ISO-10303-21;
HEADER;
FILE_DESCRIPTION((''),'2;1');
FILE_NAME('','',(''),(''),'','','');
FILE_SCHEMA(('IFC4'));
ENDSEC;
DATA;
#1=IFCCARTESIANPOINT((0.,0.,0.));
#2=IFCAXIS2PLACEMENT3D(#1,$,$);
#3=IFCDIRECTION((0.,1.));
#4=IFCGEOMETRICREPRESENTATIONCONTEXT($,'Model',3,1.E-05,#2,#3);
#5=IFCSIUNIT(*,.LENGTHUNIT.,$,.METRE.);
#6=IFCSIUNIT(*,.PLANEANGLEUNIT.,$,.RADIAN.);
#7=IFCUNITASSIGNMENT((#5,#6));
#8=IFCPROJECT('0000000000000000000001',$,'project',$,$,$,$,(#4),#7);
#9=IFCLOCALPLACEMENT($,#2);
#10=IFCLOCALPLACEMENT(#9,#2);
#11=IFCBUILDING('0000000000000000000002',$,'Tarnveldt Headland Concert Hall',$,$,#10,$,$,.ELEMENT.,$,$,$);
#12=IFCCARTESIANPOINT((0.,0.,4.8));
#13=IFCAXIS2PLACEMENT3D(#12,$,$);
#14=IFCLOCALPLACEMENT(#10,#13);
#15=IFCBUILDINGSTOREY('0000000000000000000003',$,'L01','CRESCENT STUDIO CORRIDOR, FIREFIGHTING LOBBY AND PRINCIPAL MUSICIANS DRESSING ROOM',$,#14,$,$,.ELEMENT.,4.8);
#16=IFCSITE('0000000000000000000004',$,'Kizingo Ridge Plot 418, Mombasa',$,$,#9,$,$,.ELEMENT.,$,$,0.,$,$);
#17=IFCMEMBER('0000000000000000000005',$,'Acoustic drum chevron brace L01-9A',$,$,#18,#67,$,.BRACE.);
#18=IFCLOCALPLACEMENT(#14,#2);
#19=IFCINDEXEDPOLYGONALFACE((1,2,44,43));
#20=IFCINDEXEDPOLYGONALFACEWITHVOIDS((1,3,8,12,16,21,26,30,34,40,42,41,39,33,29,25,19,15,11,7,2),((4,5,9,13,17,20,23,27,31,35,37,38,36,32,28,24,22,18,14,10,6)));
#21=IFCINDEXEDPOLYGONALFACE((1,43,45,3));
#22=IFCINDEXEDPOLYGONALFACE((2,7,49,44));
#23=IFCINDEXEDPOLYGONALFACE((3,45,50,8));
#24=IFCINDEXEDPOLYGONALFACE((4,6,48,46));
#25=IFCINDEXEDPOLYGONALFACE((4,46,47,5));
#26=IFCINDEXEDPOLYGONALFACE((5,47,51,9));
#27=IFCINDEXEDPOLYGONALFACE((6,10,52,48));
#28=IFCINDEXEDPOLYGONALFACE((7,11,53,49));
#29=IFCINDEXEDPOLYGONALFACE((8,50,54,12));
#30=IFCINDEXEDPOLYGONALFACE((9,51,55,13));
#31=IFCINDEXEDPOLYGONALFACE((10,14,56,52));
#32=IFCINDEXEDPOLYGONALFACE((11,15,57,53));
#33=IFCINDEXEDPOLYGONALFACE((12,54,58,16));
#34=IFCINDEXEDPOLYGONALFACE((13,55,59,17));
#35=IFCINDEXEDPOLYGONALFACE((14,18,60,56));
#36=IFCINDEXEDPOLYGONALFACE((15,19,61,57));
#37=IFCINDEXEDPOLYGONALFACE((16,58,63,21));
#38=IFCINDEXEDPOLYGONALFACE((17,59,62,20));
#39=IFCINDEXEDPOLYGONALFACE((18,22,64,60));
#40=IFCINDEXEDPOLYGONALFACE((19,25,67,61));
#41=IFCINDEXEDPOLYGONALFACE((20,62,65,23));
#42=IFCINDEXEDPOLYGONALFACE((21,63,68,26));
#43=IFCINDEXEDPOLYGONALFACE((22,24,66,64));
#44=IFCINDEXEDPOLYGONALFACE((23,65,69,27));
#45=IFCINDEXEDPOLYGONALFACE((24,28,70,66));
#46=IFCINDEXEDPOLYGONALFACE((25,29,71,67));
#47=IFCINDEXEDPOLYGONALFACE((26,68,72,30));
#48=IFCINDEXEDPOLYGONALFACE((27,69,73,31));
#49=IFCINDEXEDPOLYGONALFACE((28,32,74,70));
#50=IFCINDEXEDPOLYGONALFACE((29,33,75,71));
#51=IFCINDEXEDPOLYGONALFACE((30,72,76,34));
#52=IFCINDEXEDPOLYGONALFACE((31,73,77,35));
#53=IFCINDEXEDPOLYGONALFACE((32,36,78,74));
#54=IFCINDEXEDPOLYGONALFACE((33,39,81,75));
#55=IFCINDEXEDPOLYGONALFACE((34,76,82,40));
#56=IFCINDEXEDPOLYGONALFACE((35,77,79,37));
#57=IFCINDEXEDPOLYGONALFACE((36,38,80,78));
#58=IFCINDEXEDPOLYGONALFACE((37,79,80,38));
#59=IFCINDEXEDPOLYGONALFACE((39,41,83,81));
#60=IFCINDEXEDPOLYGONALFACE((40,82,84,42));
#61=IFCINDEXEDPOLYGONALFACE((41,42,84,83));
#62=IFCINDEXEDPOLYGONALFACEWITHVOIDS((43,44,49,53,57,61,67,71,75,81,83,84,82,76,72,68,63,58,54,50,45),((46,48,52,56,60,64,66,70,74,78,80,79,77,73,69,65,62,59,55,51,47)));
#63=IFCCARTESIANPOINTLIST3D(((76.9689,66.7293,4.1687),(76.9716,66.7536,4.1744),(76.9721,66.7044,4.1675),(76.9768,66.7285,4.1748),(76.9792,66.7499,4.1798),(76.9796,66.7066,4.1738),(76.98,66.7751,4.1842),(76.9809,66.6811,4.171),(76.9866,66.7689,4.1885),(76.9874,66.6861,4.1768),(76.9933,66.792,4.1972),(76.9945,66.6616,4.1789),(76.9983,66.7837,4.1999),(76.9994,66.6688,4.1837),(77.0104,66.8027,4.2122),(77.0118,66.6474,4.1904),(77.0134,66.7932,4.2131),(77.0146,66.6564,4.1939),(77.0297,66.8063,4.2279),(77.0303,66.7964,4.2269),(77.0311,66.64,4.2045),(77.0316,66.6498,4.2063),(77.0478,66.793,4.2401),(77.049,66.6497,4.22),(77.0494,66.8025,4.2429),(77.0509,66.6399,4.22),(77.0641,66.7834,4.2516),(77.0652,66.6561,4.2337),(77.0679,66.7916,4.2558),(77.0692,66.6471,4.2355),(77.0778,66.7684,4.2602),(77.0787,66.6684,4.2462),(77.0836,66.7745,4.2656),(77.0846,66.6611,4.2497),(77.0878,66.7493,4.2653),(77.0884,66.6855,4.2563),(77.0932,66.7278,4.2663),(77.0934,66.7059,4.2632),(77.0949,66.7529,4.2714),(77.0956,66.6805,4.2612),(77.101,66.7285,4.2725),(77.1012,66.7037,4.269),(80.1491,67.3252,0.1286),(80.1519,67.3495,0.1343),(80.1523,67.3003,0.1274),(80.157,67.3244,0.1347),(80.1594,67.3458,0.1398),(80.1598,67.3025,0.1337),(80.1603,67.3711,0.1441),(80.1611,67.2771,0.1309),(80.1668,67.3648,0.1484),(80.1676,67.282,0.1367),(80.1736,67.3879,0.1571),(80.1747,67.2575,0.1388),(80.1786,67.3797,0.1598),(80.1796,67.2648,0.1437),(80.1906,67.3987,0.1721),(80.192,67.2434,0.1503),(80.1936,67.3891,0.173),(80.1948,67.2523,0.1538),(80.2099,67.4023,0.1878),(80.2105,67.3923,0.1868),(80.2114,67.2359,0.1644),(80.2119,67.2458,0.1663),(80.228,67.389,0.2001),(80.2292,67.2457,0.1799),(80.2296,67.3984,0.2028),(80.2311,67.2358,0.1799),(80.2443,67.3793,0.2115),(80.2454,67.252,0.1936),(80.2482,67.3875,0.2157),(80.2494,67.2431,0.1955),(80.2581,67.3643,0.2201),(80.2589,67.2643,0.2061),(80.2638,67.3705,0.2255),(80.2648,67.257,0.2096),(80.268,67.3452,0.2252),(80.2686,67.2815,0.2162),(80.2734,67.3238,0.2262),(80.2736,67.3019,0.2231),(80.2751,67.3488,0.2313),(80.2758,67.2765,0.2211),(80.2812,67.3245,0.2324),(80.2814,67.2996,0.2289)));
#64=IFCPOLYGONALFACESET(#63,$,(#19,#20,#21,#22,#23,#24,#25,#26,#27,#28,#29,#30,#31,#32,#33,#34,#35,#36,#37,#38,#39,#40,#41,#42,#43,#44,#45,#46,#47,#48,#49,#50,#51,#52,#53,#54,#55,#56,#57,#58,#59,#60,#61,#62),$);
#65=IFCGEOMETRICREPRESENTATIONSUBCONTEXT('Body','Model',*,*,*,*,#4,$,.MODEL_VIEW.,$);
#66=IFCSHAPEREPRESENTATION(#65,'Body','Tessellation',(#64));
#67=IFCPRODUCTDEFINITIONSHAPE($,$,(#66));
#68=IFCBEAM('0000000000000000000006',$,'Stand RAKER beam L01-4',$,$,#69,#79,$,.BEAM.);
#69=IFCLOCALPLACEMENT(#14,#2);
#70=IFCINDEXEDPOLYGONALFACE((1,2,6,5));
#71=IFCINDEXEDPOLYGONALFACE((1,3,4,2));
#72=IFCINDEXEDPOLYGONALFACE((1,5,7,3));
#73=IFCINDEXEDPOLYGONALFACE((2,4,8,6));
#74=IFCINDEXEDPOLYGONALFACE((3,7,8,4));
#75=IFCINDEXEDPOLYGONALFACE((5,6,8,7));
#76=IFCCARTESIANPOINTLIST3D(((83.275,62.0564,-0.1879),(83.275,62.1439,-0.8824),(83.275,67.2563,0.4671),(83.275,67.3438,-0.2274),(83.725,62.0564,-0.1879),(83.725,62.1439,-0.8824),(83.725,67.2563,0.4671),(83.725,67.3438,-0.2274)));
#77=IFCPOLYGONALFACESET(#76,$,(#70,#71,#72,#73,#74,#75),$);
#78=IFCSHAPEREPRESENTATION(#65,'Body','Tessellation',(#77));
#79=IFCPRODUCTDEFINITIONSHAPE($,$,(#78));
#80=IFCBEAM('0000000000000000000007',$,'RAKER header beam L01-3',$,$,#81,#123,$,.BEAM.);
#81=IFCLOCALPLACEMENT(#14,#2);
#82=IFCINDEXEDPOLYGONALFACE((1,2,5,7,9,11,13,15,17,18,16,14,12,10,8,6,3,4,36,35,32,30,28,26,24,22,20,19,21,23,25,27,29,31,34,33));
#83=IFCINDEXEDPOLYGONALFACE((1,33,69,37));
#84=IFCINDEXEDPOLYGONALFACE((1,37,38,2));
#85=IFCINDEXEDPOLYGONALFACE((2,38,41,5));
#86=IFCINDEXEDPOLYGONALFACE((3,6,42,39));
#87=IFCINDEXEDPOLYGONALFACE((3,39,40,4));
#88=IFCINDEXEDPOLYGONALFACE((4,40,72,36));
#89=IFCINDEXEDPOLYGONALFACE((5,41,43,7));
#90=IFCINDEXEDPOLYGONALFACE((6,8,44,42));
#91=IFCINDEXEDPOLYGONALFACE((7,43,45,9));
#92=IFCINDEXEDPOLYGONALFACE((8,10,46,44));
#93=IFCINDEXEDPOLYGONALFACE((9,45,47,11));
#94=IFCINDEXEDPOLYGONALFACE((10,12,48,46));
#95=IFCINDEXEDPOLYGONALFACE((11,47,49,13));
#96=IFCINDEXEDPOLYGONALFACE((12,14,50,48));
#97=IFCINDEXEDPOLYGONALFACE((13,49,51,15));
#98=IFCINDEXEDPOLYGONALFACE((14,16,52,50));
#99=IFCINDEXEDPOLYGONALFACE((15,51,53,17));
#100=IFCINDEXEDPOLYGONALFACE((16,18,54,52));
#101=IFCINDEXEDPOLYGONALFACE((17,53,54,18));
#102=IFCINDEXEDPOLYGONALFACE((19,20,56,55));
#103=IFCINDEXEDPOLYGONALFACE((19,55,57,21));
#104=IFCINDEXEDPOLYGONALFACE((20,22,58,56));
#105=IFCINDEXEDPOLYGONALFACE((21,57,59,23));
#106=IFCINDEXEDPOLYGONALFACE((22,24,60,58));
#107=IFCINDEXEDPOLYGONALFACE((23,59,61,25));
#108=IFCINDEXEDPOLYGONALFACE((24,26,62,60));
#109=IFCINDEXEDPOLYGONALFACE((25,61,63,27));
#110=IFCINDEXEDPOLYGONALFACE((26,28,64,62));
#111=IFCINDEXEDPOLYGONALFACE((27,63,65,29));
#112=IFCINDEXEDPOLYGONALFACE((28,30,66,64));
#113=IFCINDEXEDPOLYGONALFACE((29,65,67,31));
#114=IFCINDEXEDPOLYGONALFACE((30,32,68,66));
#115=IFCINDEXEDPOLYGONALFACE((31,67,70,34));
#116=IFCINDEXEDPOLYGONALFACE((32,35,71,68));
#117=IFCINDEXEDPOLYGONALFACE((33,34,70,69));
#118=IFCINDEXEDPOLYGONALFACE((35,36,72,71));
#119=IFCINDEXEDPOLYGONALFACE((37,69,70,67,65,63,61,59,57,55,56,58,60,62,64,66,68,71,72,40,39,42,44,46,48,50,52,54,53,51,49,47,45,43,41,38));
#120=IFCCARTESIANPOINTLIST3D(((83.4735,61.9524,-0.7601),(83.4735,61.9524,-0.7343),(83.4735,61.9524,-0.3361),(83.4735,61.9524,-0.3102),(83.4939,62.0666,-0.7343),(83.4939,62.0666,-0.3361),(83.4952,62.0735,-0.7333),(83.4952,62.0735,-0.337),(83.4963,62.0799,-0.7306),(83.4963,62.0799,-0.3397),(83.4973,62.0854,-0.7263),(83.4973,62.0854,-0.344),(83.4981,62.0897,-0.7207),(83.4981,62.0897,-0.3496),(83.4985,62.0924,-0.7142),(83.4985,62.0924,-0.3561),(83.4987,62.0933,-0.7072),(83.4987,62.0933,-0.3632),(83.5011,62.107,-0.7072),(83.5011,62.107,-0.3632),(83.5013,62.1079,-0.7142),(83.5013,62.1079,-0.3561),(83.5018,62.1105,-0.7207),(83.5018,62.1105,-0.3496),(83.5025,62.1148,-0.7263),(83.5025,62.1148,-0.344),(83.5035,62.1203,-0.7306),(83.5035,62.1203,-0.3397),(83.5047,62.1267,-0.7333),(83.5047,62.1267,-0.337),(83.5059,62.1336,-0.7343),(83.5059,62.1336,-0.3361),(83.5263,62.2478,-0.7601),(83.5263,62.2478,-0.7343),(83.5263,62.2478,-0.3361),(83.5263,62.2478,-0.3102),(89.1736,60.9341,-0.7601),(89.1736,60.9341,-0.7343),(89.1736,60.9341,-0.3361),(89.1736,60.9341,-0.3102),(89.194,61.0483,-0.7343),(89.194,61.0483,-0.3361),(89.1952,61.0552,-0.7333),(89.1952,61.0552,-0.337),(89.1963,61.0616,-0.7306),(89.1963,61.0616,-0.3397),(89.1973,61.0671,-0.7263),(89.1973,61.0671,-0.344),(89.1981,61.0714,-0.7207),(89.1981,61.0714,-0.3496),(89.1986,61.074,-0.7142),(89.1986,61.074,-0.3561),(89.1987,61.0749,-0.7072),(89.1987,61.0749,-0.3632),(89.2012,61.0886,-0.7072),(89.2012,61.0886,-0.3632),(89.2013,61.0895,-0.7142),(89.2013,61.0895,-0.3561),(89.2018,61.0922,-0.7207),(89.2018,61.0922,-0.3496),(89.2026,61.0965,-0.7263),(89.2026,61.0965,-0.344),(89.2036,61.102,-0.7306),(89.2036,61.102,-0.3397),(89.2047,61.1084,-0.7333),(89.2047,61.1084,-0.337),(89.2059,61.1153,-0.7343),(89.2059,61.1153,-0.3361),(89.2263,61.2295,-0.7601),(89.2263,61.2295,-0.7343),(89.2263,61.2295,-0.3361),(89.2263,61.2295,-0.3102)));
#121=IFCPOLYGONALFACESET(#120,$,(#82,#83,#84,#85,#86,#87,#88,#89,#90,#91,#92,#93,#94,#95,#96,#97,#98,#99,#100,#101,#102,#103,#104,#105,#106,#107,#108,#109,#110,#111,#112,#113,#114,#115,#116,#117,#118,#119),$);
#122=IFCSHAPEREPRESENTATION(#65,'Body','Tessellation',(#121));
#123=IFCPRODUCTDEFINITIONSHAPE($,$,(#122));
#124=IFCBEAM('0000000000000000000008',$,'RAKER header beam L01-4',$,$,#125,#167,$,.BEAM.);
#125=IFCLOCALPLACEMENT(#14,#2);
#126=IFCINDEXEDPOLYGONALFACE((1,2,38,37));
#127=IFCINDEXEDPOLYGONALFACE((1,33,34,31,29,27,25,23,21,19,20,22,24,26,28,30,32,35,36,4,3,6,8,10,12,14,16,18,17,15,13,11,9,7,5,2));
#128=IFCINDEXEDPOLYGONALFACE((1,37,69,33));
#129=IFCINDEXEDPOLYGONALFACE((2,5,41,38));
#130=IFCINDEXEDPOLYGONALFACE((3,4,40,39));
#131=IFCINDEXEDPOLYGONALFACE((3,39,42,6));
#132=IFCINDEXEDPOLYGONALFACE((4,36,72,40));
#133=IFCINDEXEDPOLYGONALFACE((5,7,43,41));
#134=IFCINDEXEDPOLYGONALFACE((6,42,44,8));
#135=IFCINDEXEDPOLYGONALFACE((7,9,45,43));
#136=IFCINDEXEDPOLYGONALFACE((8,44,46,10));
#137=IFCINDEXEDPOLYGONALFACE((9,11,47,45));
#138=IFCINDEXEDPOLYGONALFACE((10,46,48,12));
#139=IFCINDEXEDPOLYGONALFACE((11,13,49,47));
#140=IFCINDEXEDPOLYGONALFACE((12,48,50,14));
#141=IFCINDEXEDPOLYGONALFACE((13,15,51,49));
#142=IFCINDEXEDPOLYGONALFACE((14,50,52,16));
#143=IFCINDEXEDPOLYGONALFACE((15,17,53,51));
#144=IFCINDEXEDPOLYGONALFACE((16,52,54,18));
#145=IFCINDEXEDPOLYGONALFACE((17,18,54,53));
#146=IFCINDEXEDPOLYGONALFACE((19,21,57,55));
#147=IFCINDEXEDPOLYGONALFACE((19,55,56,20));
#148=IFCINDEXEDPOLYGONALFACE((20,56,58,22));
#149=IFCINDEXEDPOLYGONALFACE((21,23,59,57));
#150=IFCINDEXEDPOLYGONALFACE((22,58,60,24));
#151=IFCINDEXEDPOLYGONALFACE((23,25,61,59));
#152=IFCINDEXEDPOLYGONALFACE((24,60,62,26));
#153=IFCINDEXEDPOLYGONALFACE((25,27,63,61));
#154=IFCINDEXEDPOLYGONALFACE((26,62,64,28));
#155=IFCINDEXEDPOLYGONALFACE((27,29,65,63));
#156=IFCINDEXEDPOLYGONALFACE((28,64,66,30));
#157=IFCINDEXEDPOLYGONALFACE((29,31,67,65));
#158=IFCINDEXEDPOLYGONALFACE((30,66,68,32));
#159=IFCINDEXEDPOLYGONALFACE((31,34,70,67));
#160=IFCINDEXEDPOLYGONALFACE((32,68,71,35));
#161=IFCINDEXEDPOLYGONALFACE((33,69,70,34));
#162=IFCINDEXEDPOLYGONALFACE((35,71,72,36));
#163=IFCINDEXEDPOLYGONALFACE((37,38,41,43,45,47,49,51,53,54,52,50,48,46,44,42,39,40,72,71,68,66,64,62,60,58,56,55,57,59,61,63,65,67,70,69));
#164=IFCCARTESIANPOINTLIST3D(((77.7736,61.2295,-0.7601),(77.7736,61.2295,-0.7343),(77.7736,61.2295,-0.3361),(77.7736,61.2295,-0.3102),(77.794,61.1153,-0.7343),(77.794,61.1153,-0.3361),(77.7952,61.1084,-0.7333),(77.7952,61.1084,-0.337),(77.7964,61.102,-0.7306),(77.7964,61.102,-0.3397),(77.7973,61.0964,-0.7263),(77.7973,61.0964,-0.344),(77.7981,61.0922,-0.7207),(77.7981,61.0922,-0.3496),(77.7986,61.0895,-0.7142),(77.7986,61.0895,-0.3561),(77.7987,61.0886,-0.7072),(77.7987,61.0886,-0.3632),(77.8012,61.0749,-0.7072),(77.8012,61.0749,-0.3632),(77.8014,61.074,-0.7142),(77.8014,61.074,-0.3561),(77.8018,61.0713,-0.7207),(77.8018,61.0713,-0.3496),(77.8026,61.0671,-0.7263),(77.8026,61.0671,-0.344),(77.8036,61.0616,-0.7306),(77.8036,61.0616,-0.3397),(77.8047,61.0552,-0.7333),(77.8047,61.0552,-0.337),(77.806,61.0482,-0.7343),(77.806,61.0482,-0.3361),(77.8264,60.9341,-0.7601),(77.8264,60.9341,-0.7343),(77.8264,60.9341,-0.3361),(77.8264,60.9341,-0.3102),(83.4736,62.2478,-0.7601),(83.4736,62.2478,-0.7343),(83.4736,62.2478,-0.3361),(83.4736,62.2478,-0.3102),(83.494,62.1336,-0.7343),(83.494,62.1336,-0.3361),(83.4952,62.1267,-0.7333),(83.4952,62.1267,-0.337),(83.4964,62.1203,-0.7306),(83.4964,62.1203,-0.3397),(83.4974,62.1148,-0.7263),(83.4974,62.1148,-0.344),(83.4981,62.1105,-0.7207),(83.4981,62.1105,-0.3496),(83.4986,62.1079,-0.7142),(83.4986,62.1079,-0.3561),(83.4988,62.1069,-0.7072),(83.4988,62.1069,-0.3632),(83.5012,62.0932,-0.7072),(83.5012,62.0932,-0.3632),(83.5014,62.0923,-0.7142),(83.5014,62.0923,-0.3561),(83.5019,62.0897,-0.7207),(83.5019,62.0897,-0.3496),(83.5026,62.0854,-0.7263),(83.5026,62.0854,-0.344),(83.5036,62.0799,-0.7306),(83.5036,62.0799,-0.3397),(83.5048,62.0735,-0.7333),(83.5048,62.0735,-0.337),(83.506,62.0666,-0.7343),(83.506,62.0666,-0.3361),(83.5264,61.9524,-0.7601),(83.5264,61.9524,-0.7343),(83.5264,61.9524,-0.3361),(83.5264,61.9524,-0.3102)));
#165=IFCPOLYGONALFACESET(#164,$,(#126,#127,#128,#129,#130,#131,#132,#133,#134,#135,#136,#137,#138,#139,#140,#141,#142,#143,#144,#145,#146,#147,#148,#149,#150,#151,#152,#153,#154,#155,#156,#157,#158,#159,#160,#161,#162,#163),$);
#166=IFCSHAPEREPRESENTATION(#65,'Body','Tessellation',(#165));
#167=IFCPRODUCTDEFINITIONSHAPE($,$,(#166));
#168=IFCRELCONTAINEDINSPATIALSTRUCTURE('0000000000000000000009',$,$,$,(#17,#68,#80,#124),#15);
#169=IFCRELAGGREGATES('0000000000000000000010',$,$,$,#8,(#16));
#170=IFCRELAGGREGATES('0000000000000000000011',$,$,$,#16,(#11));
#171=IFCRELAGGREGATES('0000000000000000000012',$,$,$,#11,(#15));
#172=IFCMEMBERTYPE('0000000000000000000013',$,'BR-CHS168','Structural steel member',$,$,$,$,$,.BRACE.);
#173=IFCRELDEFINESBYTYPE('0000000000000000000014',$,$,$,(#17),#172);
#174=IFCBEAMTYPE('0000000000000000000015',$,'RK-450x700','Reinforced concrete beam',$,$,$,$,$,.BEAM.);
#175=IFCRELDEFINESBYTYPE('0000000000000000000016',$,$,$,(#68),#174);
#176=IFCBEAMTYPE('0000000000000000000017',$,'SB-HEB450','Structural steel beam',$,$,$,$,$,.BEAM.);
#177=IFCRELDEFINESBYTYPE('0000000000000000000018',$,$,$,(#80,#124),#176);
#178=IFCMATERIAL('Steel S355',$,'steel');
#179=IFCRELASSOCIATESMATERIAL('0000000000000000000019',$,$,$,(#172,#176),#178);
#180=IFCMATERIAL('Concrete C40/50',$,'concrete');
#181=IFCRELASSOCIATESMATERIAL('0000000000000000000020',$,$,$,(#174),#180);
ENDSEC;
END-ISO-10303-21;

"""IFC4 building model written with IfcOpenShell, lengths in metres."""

from ifc_helpers import new_model, si_unit, direction, frame, origin, origin_2d, place, context, subcontext, project, spatial, rectangle, hollow_circle, i_section, extrude, material, material_profile, profile_set, type_object, element, save


model = new_model("IFC4")

# Units and contexts
model_context = context("Model", 3, precision=1e-05, world=origin(), true_north=direction((0.0, 1.0)))
body_context = subcontext(model_context, "Body", "Model", "MODEL_VIEW")
ifc_project = project(units=[si_unit("LENGTHUNIT", "METRE"), si_unit("PLANEANGLEUNIT", "RADIAN")], contexts=[model_context])

# Site, building, storey
site_placement = place(None, origin())
site = spatial("IfcSite", under=ifc_project, at=site_placement, Name="Kizingo Ridge Plot 418, Mombasa", CompositionType="ELEMENT", RefElevation=0.0)
building_placement = place(site_placement, origin())
building = spatial("IfcBuilding", under=site, at=building_placement, Name="Tarnveldt Headland Concert Hall", CompositionType="ELEMENT")
storey_placement = place(building_placement, frame((0.0, 0.0, 4.8)))
storey = spatial("IfcBuildingStorey", under=building, at=storey_placement, Name="L01", Description="CRESCENT STUDIO CORRIDOR, FIREFIGHTING LOBBY AND PRINCIPAL MUSICIANS DRESSING ROOM", CompositionType="ELEMENT", Elevation=4.8)

# Shared definitions
ifc_material_1 = material(Name="Concrete C40/50", Category="concrete")
ifc_material_2 = material(Name="Steel S355", Category="steel")

# Member
ifc_material_profile_1 = material_profile(ifc_material_2, hollow_circle(Radius=0.0842, WallThickness=0.01, at=origin_2d()), Name="CHS 168.3x10", Category="steel")
ifc_profile_set_1 = profile_set([ifc_material_profile_1], Name="Steel S355")
member_type_1 = type_object("IfcMemberType", Name="BR-CHS168", Description="Structural steel member", PredefinedType="BRACE", material=ifc_profile_set_1)
member_1_placement = place(storey_placement, frame((80.2156, 67.3186, 0.1799), z_axis=(-0.614412, -0.115137, 0.780539), x_axis=(0.184188, -0.982891, 0.0)))
element("IfcMember", 1, at=member_1_placement, inside=storey, type_object=member_type_1, Name="Acoustic drum chevron brace L01-9A", PredefinedType="BRACE", context=body_context, shape_type="SweptSolid", body=[
    extrude(hollow_circle(Radius=0.0842, WallThickness=0.01, at=origin_2d()), origin(), (0.0, 0.0, 1.0), 5.176),
])

# Beams
ifc_material_profile_2 = material_profile(ifc_material_1, rectangle(XDim=0.45, YDim=0.7, at=origin_2d()), Name="RAKER RC 450x700", Category="concrete")
ifc_profile_set_2 = profile_set([ifc_material_profile_2], Name="Concrete C40/50")
beam_type_1 = type_object("IfcBeamType", Name="RK-450x700", Description="Reinforced concrete beam", PredefinedType="BEAM", material=ifc_profile_set_2)
beam_1_placement = place(storey_placement, frame((83.5, 67.3, 0.1199), z_axis=(0.0, -0.992159, -0.124981), x_axis=(1.0, 0.0, 0.0)))
element("IfcBeam", 2, at=beam_1_placement, inside=storey, type_object=beam_type_1, Name="Stand RAKER beam L01-4", PredefinedType="BEAM", context=body_context, shape_type="SweptSolid", body=[
    extrude(rectangle(XDim=0.45, YDim=0.7, at=origin_2d()), origin(), (0.0, 0.0, 1.0), 5.241),
])
ifc_material_profile_3 = material_profile(ifc_material_2, i_section(OverallWidth=0.3, OverallDepth=0.45, WebThickness=0.0139, FlangeThickness=0.0259, FilletRadius=0.0271, at=origin_2d()), Name="HEB450", Category="steel")
ifc_profile_set_3 = profile_set([ifc_material_profile_3], Name="Steel S355")
beam_type_2 = type_object("IfcBeamType", Name="SB-HEB450", Description="Structural steel beam", PredefinedType="BEAM", material=ifc_profile_set_3)
for number, where, z_axis, x_axis, name in (
    (3, (89.2, 61.0818, -0.5352), (-0.984414, 0.175868, 0.0), (-0.175868, -0.984414, 0.0), "RAKER header beam L01-3"),
    (4, (83.5, 62.1001, -0.5352), (-0.984414, -0.175868, 0.0), (0.175868, -0.984414, 0.0), "RAKER header beam L01-4"),
):
    element("IfcBeam", number, at=place(storey_placement, frame(where, z_axis=z_axis, x_axis=x_axis)), inside=storey, type_object=beam_type_2, Name=name, PredefinedType="BEAM", context=body_context, shape_type="SweptSolid", body=[
        extrude(i_section(OverallWidth=0.3, OverallDepth=0.45, WebThickness=0.0139, FlangeThickness=0.0259, FilletRadius=0.0271, at=origin_2d()), origin(), (0.0, 0.0, 1.0), 5.7903),
    ])

save(model, "model.ifc")
